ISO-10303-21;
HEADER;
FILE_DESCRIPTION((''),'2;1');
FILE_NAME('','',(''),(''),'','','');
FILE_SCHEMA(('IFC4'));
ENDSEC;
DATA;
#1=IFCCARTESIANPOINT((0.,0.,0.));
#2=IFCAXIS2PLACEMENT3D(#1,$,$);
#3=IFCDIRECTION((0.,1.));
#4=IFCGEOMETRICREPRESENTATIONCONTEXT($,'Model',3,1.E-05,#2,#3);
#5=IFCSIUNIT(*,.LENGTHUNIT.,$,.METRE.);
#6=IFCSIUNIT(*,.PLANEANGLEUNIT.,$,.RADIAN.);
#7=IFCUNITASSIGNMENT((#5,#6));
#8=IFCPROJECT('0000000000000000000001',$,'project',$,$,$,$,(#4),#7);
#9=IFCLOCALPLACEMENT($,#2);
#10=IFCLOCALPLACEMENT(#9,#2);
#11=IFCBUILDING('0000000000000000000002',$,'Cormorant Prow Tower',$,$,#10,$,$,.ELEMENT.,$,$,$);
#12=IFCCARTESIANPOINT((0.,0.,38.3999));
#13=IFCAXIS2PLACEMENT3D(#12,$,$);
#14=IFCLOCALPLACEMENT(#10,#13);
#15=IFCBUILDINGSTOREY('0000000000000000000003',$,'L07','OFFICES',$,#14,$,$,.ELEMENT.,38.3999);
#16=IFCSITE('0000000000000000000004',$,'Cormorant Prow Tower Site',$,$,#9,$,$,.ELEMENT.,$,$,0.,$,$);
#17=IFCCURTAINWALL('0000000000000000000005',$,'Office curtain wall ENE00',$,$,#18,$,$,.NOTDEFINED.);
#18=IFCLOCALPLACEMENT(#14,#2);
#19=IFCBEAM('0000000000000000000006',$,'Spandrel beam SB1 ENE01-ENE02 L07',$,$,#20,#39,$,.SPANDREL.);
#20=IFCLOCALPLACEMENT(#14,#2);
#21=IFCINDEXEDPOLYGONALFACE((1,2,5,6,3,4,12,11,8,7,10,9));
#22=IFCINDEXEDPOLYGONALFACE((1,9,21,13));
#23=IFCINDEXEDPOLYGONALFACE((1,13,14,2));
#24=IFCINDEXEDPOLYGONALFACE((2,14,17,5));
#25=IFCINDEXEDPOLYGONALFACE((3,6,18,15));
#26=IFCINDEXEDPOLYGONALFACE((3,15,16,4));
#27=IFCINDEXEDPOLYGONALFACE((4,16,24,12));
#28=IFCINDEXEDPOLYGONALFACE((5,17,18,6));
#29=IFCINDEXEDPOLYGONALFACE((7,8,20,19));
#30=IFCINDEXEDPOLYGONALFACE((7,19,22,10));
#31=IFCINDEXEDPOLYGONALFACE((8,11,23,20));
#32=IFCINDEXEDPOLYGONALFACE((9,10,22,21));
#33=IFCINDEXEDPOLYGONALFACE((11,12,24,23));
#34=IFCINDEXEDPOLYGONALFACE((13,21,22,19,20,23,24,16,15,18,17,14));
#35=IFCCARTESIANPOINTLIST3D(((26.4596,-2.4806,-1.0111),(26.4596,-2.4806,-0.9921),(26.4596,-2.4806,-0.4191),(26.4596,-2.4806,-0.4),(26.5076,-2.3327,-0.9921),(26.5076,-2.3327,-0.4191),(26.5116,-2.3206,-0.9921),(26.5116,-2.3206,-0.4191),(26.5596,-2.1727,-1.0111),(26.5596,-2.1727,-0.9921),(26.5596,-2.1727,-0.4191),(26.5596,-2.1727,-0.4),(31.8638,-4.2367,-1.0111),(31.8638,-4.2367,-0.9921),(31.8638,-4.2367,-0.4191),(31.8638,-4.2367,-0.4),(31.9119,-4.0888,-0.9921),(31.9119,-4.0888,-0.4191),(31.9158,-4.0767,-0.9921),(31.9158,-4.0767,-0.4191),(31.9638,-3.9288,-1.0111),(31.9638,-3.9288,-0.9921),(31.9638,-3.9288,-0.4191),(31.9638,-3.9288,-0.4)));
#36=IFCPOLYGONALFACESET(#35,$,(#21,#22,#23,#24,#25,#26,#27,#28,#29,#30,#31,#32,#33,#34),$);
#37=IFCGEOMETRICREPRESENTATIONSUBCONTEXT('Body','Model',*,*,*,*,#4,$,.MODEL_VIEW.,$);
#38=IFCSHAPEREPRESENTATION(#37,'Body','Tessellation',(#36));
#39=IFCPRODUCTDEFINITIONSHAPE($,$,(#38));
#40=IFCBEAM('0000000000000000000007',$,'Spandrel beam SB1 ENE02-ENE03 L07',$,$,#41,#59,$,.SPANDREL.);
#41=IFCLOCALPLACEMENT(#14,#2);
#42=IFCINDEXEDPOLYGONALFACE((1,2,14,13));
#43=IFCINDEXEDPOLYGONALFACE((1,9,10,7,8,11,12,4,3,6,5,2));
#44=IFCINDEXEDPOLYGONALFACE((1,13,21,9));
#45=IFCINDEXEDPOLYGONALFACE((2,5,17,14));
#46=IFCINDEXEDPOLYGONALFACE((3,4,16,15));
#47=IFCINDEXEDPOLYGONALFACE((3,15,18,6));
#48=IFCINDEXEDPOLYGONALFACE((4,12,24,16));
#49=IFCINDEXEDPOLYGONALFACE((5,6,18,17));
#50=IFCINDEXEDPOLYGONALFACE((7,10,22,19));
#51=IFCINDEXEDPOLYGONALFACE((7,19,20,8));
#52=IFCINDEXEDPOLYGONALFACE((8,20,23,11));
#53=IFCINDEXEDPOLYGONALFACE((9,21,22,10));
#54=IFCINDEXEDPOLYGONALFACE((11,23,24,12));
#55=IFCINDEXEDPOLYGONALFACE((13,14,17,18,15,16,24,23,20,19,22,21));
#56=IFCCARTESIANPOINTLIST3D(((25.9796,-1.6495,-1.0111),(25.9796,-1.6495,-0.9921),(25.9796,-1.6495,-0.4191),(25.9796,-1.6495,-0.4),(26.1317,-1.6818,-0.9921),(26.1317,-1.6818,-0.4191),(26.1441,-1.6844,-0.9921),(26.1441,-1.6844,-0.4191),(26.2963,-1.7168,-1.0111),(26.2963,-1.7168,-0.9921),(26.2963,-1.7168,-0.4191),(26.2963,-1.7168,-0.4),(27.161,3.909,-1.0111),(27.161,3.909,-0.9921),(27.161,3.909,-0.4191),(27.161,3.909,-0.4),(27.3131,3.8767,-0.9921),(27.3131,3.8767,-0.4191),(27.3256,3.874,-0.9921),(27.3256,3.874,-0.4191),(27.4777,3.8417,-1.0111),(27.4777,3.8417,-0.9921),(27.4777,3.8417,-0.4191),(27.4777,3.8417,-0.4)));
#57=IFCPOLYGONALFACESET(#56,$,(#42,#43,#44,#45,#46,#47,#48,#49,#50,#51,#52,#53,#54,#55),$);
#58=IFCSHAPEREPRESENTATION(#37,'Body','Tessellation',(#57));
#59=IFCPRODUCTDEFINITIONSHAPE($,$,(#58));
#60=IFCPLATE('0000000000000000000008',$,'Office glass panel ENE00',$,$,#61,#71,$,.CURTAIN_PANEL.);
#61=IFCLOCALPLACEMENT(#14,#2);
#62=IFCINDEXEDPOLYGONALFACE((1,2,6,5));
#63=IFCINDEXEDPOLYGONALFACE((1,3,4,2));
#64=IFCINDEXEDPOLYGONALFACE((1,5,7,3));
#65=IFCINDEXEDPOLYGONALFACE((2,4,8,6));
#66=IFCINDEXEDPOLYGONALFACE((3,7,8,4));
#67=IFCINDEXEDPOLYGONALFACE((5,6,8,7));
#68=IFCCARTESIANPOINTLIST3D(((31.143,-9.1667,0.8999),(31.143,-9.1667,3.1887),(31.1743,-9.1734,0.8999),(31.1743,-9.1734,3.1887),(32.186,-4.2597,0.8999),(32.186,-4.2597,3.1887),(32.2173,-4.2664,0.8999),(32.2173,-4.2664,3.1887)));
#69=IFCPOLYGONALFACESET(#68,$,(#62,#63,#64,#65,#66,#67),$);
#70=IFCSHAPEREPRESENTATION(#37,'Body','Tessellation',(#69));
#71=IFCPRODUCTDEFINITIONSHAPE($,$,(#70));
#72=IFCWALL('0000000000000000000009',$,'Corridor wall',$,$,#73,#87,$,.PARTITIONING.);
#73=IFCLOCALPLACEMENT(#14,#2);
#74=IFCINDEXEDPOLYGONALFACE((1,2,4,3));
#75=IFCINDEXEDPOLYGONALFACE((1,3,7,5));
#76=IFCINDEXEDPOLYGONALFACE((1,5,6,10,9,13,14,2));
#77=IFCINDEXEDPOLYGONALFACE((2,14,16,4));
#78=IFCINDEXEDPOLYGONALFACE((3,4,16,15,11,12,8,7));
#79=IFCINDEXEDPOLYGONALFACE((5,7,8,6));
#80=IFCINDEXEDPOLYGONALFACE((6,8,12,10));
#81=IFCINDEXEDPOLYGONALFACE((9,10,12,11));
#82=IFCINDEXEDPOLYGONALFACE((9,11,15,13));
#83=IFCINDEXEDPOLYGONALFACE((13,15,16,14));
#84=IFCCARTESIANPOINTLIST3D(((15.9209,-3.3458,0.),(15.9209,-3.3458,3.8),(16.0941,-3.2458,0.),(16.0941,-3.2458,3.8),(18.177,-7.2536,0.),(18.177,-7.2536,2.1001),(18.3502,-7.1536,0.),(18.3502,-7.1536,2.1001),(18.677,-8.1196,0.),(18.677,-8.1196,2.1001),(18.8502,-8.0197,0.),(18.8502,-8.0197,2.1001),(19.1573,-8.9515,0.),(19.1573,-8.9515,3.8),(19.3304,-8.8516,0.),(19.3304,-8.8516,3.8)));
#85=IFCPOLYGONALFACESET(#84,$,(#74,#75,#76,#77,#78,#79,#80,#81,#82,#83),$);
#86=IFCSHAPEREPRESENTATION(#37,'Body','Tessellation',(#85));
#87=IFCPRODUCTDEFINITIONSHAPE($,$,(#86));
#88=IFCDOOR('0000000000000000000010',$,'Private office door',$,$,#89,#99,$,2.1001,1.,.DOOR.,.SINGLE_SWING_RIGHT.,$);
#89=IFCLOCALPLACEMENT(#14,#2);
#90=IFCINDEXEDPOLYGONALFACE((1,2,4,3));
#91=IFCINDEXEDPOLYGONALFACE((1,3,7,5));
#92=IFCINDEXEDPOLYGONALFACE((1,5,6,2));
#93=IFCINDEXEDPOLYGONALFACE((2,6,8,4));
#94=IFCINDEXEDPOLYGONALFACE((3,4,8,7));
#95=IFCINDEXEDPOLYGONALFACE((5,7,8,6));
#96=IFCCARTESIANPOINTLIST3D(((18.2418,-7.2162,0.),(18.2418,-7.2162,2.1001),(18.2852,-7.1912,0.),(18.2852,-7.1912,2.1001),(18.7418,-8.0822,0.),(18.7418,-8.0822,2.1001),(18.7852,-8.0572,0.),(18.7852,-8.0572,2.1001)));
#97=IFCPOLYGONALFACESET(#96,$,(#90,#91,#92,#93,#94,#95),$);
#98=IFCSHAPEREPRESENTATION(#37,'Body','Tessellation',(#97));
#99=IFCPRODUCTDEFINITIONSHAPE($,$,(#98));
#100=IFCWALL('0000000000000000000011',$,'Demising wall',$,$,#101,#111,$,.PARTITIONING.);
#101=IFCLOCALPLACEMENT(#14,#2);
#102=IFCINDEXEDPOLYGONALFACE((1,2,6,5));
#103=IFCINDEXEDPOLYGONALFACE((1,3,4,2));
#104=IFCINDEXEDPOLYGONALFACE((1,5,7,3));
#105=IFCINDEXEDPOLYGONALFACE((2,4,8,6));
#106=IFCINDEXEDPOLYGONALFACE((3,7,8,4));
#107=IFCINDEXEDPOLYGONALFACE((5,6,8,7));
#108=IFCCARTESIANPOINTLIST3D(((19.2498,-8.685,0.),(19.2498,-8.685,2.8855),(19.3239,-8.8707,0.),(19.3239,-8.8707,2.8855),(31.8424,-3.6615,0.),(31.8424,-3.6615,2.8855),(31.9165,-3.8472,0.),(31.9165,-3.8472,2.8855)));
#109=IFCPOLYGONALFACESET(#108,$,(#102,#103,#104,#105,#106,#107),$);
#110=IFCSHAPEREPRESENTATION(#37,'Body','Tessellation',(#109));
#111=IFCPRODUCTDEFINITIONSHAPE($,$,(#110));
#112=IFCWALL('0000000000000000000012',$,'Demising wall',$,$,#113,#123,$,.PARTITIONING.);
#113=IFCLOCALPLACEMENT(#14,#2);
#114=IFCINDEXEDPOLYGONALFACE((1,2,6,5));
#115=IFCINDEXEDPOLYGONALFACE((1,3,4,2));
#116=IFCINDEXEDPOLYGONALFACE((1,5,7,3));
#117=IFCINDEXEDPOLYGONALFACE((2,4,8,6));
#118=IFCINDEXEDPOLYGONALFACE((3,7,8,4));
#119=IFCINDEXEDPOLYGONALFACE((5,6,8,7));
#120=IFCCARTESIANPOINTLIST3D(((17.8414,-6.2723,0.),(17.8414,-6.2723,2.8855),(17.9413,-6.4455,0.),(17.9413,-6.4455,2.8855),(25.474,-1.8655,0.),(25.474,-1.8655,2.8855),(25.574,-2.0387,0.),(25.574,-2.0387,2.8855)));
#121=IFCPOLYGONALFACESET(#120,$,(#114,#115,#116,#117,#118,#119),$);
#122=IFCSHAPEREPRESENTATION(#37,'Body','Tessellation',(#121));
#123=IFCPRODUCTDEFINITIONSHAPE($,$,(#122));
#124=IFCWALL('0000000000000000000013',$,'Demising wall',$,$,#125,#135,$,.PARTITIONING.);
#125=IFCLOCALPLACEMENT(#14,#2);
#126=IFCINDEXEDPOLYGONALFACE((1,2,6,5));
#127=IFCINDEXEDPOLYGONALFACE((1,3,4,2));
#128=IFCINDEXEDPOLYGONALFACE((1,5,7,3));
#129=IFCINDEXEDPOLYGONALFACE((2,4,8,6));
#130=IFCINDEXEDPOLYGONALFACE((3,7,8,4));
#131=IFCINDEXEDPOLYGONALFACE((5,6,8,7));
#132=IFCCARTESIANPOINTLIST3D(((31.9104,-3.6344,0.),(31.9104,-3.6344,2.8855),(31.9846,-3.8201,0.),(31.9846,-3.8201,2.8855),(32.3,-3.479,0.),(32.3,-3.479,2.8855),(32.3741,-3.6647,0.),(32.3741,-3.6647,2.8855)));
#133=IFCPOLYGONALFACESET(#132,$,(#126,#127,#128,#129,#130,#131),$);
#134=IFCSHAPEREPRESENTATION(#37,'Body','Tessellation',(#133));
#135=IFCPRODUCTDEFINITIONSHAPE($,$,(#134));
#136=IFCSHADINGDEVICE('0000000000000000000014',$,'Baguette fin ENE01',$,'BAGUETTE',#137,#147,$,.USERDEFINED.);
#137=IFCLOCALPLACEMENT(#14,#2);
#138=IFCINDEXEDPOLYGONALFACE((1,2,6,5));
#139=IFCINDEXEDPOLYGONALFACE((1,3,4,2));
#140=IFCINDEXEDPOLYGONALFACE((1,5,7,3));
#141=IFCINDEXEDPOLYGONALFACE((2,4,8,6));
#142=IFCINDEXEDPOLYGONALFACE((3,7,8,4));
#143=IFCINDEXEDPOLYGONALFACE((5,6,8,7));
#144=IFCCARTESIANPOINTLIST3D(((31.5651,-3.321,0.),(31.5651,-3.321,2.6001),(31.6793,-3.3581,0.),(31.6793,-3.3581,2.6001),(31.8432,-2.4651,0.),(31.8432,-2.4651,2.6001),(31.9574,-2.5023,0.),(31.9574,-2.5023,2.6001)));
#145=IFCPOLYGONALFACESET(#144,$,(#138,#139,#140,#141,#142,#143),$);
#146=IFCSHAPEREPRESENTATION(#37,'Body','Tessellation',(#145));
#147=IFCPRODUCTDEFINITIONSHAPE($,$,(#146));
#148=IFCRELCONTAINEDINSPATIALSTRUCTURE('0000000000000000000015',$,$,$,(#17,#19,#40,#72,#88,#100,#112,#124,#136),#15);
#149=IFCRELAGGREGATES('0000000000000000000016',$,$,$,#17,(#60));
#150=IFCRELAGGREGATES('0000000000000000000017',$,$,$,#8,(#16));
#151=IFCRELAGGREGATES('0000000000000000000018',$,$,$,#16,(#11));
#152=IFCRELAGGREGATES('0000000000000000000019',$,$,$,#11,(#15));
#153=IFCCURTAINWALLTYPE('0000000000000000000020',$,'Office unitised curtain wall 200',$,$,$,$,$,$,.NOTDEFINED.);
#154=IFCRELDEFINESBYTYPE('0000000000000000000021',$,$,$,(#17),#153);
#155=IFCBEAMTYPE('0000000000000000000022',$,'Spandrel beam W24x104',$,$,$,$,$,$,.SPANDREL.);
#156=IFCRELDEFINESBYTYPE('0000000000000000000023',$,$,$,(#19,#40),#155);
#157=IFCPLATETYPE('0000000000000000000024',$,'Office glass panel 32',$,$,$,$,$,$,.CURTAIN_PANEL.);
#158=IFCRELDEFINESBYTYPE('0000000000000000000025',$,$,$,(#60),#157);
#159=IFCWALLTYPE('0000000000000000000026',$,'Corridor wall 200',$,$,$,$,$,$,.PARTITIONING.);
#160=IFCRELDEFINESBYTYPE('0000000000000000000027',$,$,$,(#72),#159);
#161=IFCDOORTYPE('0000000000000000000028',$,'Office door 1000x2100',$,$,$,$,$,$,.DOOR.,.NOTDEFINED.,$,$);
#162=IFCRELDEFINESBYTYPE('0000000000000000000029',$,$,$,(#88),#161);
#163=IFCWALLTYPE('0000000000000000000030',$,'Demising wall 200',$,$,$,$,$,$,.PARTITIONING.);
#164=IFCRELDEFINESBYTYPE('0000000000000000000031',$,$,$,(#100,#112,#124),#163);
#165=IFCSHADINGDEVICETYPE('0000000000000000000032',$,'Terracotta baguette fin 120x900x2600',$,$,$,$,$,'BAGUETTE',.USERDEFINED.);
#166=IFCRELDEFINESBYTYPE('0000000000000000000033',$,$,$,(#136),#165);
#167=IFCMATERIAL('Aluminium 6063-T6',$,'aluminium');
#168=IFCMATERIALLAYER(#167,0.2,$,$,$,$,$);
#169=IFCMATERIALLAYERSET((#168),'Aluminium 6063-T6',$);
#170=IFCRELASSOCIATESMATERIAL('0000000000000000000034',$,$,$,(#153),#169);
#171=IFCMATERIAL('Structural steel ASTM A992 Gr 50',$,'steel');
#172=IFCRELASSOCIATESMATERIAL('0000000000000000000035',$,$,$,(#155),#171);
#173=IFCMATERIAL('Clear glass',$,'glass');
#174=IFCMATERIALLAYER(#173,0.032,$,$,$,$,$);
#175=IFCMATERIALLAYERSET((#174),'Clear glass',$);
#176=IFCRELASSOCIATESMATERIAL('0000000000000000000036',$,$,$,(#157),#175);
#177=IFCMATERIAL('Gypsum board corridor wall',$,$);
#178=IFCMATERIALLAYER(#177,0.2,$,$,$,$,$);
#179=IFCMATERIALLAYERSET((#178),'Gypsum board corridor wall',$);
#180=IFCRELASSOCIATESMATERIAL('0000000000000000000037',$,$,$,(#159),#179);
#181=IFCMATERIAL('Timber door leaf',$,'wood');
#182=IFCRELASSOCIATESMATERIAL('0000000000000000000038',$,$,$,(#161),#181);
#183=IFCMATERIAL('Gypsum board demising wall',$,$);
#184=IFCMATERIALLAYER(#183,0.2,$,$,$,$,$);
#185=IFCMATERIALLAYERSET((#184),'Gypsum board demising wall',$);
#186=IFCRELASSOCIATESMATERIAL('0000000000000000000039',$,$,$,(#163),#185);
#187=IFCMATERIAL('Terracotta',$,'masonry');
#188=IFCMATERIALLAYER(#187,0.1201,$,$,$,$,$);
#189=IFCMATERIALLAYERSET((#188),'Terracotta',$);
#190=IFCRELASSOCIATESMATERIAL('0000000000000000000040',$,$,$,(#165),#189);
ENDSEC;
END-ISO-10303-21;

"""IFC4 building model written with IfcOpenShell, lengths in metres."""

from ifc_helpers import new_model, si_unit, direction, frame, frame_2d, origin, origin_2d, place, context, subcontext, project, spatial, rectangle, i_section, extrude, material, layer, layer_set, material_profile, profile_set, type_object, element, fill, aggregate, save


model = new_model("IFC4")

# Units and contexts
model_context = context("Model", 3, precision=1e-05, world=origin(), true_north=direction((0.0, 1.0)))
body_context = subcontext(model_context, "Body", "Model", "MODEL_VIEW")
ifc_project = project(units=[si_unit("LENGTHUNIT", "METRE"), si_unit("PLANEANGLEUNIT", "RADIAN")], contexts=[model_context])

# Site, building, storey
site_placement = place(None, origin())
site = spatial("IfcSite", under=ifc_project, at=site_placement, Name="Cormorant Prow Tower Site", CompositionType="ELEMENT", RefElevation=0.0)
building_placement = place(site_placement, origin())
building = spatial("IfcBuilding", under=site, at=building_placement, Name="Cormorant Prow Tower", CompositionType="ELEMENT")
storey_placement = place(building_placement, frame((0.0, 0.0, 38.3999)))
storey = spatial("IfcBuildingStorey", under=building, at=storey_placement, Name="L07", Description="OFFICES", CompositionType="ELEMENT", Elevation=38.3999)

# Curtain wall
ifc_material_1 = material(Name="Aluminium 6063-T6", Category="aluminium")
ifc_layer_1 = layer(ifc_material_1, 0.2)
ifc_layer_set_1 = layer_set([ifc_layer_1], Name="Aluminium 6063-T6")
curtain_wall_type = type_object("IfcCurtainWallType", Name="Office unitised curtain wall 200", PredefinedType="NOTDEFINED", material=ifc_layer_set_1)
curtain_wall_1_placement = place(storey_placement, origin())
curtain_wall_1 = element("IfcCurtainWall", 1, at=curtain_wall_1_placement, inside=storey, type_object=curtain_wall_type, Name="Office curtain wall ENE00", PredefinedType="NOTDEFINED")

# Beams
ifc_material_2 = material(Name="Structural steel ASTM A992 Gr 50", Category="steel")
ifc_material_profile_1 = material_profile(ifc_material_2, i_section(OverallWidth=0.3237, OverallDepth=0.6111, WebThickness=0.0127, FlangeThickness=0.019, at=origin_2d()), Name="W24x104")
ifc_profile_set_1 = profile_set([ifc_material_profile_1], Name="Structural steel ASTM A992 Gr 50")
beam_type_1 = type_object("IfcBeamType", Name="Spandrel beam W24x104", PredefinedType="SPANDREL", material=ifc_profile_set_1)
beam_1_placement = place(storey_placement, frame((31.9138, -4.0828, -0.7056), z_axis=(-0.951049, 0.309039, 0.0), x_axis=(-0.309039, -0.951049, 0.0)))
element("IfcBeam", 2, at=beam_1_placement, inside=storey, type_object=beam_type_1, Name="Spandrel beam SB1 ENE01-ENE02 L07", PredefinedType="SPANDREL", context=body_context, shape_type="SweptSolid", body=[
    extrude(i_section(OverallWidth=0.3237, OverallDepth=0.6111, WebThickness=0.0127, FlangeThickness=0.019, at=origin_2d()), origin(), (0.0, 0.0, 1.0), 5.6824),
])
beam_2_placement = place(storey_placement, frame((26.1379, -1.6831, -0.7056), z_axis=(0.2079, 0.97815, 0.0), x_axis=(-0.97815, 0.2079, 0.0)))
element("IfcBeam", 3, at=beam_2_placement, inside=storey, type_object=beam_type_1, Name="Spandrel beam SB1 ENE02-ENE03 L07", PredefinedType="SPANDREL", context=body_context, shape_type="SweptSolid", body=[
    extrude(i_section(OverallWidth=0.3237, OverallDepth=0.6111, WebThickness=0.0127, FlangeThickness=0.019, at=origin_2d()), origin(), (0.0, 0.0, 1.0), 5.6826),
])

# Plate
ifc_material_3 = material(Name="Clear glass", Category="glass")
ifc_layer_2 = layer(ifc_material_3, 0.032)
ifc_layer_set_2 = layer_set([ifc_layer_2], Name="Clear glass")
plate_type = type_object("IfcPlateType", Name="Office glass panel 32", PredefinedType="CURTAIN_PANEL", material=ifc_layer_set_2)
plate_placement = place(storey_placement, frame((31.6802, -6.7166, 0.8999), z_axis=(0.0, 0.0, 1.0), x_axis=(0.207912, 0.978148, 0.0)))
plate = element("IfcPlate", 4, at=plate_placement, type_object=plate_type, Name="Office glass panel ENE00", PredefinedType="CURTAIN_PANEL", context=body_context, shape_type="SweptSolid", body=[
    extrude(rectangle(XDim=5.0166, YDim=0.032, at=origin_2d()), origin(), (0.0, 0.0, 1.0), 2.2888),
])
aggregate(curtain_wall_1, [plate])

# Wall, opening, door
ifc_material_4 = material(Name="Gypsum board corridor wall")
ifc_layer_3 = layer(ifc_material_4, 0.2)
ifc_layer_set_3 = layer_set([ifc_layer_3], Name="Gypsum board corridor wall")
wall_type_1 = type_object("IfcWallType", Name="Corridor wall 200", PredefinedType="PARTITIONING", material=ifc_layer_set_3)
wall_1_placement = place(storey_placement, frame((16.0076, -3.2959, 0.0), z_axis=(0.0, 0.0, 1.0), x_axis=(0.499985, -0.866034, 0.0)))
wall_1 = element("IfcWall", 5, at=wall_1_placement, inside=storey, type_object=wall_type_1, Name="Corridor wall", PredefinedType="PARTITIONING", context=body_context, shape_type="SweptSolid", body=[
    extrude(rectangle(XDim=6.4729, YDim=0.2, at=frame_2d((3.2363, 0.0))), origin(), (0.0, 0.0, 1.0), 3.8),
])
opening_1_placement = place(wall_1_placement, frame((4.5122, 0.0, 0.0)))
opening_1 = element("IfcOpeningElement", 6, at=opening_1_placement, cuts=wall_1, PredefinedType="OPENING", context=body_context, shape_type="SweptSolid", body=[
    extrude(rectangle(XDim=1.0, YDim=2.1001, at=frame_2d((0.5, 1.05))), frame((0.0, 0.1099, 0.0), z_axis=(0.0, -1.0, 0.0), x_axis=(1.0, 0.0, 0.0)), (0.0, 0.0, 1.0), 0.22),
])
ifc_material_5 = material(Name="Timber door leaf", Category="wood")
door_type_1 = type_object("IfcDoorType", Name="Office door 1000x2100", OperationType="NOTDEFINED", PredefinedType="DOOR", material=ifc_material_5)
door_1_placement = place(opening_1_placement, origin())
door_1 = element("IfcDoor", 7, at=door_1_placement, inside=storey, type_object=door_type_1, Name="Private office door", OperationType="SINGLE_SWING_RIGHT", OverallHeight=2.1001, OverallWidth=1.0, PredefinedType="DOOR", context=body_context, shape_type="SweptSolid", body=[
    extrude(rectangle(XDim=1.0, YDim=2.1001, at=frame_2d((0.5, 1.05))), frame((0.0, 0.0249, 0.0), z_axis=(0.0, -1.0, 0.0), x_axis=(1.0, 0.0, 0.0)), (0.0, 0.0, 1.0), 0.05),
])
fill(opening_1, door_1)

# Walls
ifc_material_6 = material(Name="Gypsum board demising wall")
ifc_layer_4 = layer(ifc_material_6, 0.2)
ifc_layer_set_4 = layer_set([ifc_layer_4], Name="Gypsum board demising wall")
wall_type_2 = type_object("IfcWallType", Name="Demising wall 200", PredefinedType="PARTITIONING", material=ifc_layer_set_4)
wall_2_placement = place(storey_placement, frame((19.2869, -8.7778, 0.0), z_axis=(0.0, 0.0, 1.0), x_axis=(0.928822, 0.370527, 0.0)))
element("IfcWall", 8, at=wall_2_placement, inside=storey, type_object=wall_type_2, Name="Demising wall", PredefinedType="PARTITIONING", context=body_context, shape_type="SweptSolid", body=[
    extrude(rectangle(XDim=13.5576, YDim=0.2, at=frame_2d((6.7788, 0.0))), origin(), (0.0, 0.0, 1.0), 2.8855),
])
wall_3_placement = place(storey_placement, frame((17.8914, -6.3589, 0.0), z_axis=(0.0, 0.0, 1.0), x_axis=(0.866022, 0.500006, 0.0)))
element("IfcWall", 9, at=wall_3_placement, inside=storey, type_object=wall_type_2, Name="Demising wall", PredefinedType="PARTITIONING", context=body_context, shape_type="SweptSolid", body=[
    extrude(rectangle(XDim=8.8135, YDim=0.2, at=frame_2d((4.4067, 0.0))), origin(), (0.0, 0.0, 1.0), 2.8855),
])
wall_4_placement = place(storey_placement, frame((31.9475, -3.7273, 0.0), z_axis=(0.0, 0.0, 1.0), x_axis=(0.928757, 0.370688, 0.0)))
element("IfcWall", 10, at=wall_4_placement, inside=storey, type_object=wall_type_2, Name="Demising wall", PredefinedType="PARTITIONING", context=body_context, shape_type="SweptSolid", body=[
    extrude(rectangle(XDim=0.4194, YDim=0.2, at=frame_2d((0.2097, 0.0))), origin(), (0.0, 0.0, 1.0), 2.8855),
])

# Shading device
ifc_material_7 = material(Name="Terracotta", Category="masonry")
ifc_layer_5 = layer(ifc_material_7, 0.1201)
ifc_layer_set_5 = layer_set([ifc_layer_5], Name="Terracotta")
shading_device_type = type_object("IfcShadingDeviceType", Name="Terracotta baguette fin 120x900x2600", ElementType="BAGUETTE", PredefinedType="USERDEFINED", material=ifc_layer_set_5)
shading_device_placement = place(storey_placement, frame((31.7612, -2.9116, 0.0), z_axis=(0.0, 0.0, 1.0), x_axis=(-0.951057, 0.309017, 0.0)))
element("IfcShadingDevice", 11, at=shading_device_placement, inside=storey, type_object=shading_device_type, Name="Baguette fin ENE01", ObjectType="BAGUETTE", PredefinedType="USERDEFINED", context=body_context, shape_type="SweptSolid", body=[
    extrude(rectangle(XDim=0.1201, YDim=0.8999, at=origin_2d()), origin(), (0.0, 0.0, 1.0), 2.6001),
])

save(model, "model.ifc")
